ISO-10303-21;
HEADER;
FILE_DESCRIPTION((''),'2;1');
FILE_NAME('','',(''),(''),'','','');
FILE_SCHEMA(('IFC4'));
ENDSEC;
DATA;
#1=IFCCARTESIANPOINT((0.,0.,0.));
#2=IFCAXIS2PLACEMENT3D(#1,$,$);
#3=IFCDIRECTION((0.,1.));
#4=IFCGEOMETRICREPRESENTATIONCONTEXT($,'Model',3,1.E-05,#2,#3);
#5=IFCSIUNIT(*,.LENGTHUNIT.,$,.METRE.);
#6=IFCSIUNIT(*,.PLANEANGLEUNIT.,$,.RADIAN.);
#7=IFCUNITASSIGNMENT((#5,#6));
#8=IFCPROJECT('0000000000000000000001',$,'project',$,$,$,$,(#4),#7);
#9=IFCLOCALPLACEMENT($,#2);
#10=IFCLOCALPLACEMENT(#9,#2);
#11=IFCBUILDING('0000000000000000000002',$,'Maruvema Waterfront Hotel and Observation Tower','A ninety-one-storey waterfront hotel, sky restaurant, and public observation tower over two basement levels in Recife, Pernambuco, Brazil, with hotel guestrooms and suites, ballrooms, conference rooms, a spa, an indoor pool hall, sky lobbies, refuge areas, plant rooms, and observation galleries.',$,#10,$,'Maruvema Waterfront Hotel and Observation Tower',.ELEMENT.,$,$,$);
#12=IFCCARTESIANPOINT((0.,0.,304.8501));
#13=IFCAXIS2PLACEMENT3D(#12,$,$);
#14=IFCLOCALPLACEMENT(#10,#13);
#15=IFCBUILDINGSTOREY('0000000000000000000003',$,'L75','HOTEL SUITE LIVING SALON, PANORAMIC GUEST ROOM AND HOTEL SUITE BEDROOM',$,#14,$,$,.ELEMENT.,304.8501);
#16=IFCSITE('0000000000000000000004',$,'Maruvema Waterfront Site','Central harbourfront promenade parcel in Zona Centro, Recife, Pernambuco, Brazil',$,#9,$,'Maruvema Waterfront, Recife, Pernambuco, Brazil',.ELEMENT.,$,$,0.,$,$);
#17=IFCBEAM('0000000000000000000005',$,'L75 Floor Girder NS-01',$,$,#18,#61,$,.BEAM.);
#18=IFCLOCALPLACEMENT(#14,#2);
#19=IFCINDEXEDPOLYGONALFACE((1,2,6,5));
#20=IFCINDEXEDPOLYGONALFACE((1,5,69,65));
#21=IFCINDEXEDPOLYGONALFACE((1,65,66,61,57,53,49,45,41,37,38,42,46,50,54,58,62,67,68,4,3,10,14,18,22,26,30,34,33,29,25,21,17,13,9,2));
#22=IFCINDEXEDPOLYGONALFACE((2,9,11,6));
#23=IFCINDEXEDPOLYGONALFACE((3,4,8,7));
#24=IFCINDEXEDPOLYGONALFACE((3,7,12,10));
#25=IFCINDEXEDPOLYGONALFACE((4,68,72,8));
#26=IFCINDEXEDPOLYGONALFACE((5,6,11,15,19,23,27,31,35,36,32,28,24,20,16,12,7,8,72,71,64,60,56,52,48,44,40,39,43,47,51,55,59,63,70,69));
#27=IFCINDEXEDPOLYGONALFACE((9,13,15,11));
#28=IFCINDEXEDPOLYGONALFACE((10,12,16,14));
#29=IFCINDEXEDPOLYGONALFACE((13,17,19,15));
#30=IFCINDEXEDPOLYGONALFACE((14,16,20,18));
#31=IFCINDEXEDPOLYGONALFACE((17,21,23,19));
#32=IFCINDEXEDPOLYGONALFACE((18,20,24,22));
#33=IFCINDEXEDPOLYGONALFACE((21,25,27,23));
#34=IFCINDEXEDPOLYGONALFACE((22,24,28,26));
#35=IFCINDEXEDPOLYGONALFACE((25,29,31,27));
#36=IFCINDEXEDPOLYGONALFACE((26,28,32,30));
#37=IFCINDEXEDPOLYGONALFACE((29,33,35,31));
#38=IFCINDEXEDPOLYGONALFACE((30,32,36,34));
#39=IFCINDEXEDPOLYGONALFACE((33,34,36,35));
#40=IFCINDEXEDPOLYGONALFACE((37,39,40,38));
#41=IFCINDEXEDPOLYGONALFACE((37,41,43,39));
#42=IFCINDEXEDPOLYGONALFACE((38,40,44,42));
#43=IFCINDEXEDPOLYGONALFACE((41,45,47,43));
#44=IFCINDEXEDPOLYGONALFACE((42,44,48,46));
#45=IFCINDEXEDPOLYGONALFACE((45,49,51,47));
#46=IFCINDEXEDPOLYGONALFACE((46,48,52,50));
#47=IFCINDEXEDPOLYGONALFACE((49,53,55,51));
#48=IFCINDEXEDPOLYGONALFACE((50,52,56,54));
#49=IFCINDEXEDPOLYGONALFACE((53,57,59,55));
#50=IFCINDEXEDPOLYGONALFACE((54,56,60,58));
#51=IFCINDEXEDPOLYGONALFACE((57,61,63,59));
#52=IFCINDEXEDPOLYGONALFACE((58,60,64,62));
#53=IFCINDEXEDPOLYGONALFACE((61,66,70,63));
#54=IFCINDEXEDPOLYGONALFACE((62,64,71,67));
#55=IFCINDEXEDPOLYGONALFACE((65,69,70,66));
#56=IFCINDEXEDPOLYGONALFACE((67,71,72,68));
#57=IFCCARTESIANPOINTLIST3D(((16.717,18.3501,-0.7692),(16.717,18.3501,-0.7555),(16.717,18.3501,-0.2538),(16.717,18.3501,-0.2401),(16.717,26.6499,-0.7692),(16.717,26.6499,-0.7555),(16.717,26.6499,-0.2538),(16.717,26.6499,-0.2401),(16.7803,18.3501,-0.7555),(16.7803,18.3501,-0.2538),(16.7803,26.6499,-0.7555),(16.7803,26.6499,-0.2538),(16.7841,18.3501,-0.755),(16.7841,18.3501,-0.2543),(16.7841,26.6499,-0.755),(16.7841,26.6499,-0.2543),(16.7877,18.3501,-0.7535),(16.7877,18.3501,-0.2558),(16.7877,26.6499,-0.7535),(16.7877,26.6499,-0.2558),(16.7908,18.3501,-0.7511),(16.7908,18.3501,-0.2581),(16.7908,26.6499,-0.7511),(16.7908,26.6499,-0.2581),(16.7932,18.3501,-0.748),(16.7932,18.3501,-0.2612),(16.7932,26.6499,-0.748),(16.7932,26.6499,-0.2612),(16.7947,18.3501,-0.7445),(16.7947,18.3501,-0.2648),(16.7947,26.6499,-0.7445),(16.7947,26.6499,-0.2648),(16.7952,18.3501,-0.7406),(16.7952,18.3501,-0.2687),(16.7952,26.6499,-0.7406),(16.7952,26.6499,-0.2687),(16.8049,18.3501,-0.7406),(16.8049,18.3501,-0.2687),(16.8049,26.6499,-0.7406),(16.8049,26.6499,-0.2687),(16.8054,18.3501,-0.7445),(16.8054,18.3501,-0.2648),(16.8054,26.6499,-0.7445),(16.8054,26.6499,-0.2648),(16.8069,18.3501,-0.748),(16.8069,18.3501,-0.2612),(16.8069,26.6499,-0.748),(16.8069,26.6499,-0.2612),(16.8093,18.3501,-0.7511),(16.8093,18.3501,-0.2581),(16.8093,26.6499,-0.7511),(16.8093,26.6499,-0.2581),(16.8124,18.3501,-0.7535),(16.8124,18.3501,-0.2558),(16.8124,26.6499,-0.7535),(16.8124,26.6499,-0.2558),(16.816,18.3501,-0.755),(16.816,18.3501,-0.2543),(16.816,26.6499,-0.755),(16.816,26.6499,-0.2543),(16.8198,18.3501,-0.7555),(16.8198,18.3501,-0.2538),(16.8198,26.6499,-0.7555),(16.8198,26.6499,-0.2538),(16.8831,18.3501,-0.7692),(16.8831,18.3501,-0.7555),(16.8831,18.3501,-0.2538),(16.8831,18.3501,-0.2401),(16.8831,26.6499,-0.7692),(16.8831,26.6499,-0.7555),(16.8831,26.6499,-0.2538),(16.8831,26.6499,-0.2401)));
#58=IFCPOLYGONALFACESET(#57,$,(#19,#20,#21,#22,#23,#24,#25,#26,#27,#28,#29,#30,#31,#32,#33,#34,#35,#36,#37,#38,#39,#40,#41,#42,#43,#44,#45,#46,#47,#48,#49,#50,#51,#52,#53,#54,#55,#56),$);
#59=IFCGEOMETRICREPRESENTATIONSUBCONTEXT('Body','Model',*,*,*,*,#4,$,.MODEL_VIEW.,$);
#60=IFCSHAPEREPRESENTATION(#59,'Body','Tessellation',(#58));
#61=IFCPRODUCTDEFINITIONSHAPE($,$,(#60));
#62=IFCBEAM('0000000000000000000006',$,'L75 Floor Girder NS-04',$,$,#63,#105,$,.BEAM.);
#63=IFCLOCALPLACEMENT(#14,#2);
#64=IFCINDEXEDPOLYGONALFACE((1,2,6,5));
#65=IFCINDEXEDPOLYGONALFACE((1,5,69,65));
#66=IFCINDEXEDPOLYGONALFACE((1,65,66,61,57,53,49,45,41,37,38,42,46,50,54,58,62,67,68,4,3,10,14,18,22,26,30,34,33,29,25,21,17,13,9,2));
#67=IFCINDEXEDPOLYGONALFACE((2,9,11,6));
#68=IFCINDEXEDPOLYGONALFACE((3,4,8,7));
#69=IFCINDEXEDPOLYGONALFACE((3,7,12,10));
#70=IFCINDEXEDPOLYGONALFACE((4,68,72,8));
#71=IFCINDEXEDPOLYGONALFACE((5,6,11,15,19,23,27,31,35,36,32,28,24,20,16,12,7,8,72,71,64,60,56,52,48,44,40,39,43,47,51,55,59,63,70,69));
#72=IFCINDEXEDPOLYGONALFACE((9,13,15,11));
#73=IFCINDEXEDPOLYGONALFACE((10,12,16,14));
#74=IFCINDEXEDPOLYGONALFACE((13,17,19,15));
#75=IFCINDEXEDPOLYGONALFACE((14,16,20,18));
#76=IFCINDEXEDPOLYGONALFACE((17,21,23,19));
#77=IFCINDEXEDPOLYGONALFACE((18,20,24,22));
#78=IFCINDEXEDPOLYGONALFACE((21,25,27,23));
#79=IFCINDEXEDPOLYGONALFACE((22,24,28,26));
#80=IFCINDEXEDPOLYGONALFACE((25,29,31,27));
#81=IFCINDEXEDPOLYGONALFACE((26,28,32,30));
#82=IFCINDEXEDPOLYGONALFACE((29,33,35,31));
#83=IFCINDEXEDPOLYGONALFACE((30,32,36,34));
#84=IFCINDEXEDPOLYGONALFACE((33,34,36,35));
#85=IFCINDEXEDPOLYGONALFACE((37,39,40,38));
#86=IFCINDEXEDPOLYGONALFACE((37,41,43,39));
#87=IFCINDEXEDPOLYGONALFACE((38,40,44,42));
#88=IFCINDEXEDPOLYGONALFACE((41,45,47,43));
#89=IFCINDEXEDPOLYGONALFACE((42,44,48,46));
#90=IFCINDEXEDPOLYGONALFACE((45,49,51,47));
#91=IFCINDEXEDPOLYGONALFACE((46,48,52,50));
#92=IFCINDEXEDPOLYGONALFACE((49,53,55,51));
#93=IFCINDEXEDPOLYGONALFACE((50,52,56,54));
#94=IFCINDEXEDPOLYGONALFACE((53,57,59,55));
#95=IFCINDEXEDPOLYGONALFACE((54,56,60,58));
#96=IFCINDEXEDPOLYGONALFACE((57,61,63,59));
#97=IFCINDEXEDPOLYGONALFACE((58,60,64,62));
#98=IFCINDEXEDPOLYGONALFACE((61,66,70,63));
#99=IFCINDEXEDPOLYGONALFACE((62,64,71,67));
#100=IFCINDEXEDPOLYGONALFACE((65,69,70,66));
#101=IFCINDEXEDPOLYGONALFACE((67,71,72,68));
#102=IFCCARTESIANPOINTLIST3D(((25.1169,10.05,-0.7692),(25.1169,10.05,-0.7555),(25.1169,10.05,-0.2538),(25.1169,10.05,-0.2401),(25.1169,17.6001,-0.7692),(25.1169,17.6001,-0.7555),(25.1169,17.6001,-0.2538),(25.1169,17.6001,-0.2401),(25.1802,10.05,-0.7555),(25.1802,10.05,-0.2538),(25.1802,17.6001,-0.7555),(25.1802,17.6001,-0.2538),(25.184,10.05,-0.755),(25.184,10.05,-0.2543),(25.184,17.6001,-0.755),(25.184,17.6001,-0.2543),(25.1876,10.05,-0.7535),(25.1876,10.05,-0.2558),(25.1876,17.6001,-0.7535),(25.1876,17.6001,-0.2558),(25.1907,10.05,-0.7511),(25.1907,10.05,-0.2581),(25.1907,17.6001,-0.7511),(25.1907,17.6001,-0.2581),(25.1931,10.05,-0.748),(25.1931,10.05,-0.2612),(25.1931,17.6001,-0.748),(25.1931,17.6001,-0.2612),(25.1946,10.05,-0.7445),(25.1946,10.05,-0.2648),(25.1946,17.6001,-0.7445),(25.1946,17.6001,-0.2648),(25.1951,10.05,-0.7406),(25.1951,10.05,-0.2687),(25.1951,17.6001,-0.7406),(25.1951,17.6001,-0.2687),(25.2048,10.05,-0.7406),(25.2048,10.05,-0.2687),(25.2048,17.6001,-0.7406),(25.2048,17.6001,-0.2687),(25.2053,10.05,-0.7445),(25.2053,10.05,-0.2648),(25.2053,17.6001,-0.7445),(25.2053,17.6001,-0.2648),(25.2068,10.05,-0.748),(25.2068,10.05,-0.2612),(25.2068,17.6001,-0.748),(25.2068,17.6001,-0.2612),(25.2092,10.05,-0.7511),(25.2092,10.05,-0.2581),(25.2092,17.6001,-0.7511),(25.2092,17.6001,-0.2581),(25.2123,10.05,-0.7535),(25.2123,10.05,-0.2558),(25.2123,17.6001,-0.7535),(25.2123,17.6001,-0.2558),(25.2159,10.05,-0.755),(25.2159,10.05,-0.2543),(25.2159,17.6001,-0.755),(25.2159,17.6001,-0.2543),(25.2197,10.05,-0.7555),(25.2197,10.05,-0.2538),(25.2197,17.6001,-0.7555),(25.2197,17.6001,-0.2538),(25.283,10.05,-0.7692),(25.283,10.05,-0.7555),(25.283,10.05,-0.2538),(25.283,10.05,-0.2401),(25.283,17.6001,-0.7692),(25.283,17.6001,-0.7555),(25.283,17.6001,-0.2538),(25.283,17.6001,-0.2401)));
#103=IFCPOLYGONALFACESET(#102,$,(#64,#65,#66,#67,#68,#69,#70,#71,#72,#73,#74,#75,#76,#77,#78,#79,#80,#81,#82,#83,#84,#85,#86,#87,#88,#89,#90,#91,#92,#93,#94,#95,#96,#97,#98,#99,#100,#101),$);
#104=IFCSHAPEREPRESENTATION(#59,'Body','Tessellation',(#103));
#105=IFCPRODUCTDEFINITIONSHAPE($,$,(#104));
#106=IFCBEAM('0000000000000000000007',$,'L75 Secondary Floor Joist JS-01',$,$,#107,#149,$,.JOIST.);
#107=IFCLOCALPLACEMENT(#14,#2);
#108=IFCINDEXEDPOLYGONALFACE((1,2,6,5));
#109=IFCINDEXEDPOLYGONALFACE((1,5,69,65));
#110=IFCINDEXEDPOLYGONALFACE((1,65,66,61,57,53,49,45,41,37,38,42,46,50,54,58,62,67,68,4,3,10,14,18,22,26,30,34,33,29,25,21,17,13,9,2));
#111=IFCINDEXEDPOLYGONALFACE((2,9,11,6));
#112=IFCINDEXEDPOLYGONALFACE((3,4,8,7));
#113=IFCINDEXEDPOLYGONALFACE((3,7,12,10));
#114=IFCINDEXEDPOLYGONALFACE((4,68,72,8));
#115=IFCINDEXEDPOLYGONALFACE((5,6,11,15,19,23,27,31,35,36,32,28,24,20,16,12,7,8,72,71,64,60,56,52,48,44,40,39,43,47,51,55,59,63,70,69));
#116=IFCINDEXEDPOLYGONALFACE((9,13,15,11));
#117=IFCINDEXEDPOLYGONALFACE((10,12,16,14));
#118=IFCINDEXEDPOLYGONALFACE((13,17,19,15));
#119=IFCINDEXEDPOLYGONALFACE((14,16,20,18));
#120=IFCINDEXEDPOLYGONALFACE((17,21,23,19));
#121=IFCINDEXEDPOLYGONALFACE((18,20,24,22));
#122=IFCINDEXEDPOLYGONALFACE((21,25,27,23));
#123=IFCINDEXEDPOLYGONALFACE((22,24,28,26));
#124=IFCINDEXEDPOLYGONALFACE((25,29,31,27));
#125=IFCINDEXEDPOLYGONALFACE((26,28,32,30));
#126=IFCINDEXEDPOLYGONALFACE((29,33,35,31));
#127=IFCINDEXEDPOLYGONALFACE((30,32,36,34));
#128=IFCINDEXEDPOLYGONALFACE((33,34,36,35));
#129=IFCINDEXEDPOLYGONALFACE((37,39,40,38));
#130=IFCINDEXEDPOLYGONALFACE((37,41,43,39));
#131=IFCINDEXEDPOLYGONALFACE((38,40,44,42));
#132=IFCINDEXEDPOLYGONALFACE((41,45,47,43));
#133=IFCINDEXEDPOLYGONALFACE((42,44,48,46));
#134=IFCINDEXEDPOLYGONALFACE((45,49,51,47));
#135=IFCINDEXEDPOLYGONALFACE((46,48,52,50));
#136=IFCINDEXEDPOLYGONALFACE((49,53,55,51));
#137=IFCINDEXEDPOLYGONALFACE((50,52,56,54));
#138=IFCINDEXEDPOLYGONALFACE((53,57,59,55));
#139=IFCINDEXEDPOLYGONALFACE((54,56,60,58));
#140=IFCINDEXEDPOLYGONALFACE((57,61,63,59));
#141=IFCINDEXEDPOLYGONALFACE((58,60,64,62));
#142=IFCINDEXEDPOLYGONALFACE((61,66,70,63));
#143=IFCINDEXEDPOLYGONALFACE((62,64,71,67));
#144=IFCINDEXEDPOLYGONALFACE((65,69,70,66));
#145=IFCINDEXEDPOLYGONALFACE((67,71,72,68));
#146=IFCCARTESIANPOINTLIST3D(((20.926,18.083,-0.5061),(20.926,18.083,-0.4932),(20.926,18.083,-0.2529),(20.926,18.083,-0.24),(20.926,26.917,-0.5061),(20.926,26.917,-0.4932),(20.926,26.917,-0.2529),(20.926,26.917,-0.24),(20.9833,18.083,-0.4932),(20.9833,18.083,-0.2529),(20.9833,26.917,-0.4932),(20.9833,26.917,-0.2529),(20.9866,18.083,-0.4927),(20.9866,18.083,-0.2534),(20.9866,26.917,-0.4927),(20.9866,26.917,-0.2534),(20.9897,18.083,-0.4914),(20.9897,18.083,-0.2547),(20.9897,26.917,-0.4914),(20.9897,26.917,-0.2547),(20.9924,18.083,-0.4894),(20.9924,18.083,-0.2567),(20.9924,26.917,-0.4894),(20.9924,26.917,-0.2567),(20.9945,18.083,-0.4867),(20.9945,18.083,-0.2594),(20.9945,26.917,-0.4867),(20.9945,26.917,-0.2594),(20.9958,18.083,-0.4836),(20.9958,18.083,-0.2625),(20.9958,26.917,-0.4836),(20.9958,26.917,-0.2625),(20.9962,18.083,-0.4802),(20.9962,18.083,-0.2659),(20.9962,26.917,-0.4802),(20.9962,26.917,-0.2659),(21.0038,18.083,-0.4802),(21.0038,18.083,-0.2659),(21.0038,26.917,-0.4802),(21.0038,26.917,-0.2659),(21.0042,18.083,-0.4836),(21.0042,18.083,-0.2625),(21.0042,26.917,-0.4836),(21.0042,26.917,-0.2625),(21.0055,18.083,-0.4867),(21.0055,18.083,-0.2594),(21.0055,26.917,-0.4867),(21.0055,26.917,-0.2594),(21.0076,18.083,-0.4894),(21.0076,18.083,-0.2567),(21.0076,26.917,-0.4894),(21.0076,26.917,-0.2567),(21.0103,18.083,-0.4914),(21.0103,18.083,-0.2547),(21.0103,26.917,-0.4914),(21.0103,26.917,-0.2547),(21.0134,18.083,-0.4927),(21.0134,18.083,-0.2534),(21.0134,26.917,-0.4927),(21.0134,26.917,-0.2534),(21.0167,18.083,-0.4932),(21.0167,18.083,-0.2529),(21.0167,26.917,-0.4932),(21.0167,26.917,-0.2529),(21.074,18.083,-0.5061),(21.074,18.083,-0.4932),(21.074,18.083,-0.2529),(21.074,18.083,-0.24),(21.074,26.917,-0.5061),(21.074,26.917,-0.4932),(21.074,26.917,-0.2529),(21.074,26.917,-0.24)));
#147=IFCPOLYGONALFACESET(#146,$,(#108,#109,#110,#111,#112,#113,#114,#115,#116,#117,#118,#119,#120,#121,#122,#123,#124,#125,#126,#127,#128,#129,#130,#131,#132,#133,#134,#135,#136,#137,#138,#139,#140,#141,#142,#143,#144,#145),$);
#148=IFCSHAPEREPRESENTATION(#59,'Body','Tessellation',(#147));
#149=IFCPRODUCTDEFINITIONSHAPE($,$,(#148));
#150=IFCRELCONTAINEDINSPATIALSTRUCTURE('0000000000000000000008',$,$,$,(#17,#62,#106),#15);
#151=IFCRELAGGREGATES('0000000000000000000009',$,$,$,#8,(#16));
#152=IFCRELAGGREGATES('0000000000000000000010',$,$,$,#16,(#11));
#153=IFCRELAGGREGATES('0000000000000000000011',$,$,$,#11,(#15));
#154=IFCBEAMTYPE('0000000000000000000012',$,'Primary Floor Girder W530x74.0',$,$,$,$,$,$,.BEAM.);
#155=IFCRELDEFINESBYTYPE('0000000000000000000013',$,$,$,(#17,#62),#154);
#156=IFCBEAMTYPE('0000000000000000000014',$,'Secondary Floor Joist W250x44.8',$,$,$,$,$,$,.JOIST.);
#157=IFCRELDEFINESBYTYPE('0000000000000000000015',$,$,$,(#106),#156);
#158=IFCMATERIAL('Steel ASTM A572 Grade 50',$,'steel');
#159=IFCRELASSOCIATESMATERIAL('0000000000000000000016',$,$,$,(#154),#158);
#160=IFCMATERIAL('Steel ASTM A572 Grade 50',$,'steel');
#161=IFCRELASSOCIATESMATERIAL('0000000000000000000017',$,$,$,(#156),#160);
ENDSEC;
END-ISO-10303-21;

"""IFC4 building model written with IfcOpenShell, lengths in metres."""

from ifc_helpers import new_model, si_unit, direction, frame, origin, origin_2d, place, context, subcontext, project, spatial, i_section, extrude, material, material_profile, profile_set, type_object, element, save


model = new_model("IFC4")

# Units and contexts
model_context = context("Model", 3, precision=1e-05, world=origin(), true_north=direction((0.0, 1.0)))
body_context = subcontext(model_context, "Body", "Model", "MODEL_VIEW")
ifc_project = project(units=[si_unit("LENGTHUNIT", "METRE"), si_unit("PLANEANGLEUNIT", "RADIAN")], contexts=[model_context])

# Site, building, storey
site_placement = place(None, origin())
site = spatial("IfcSite", under=ifc_project, at=site_placement, Name="Maruvema Waterfront Site", Description="Central harbourfront promenade parcel in Zona Centro, Recife, Pernambuco, Brazil", LongName="Maruvema Waterfront, Recife, Pernambuco, Brazil", CompositionType="ELEMENT", RefElevation=0.0)
building_placement = place(site_placement, origin())
building = spatial("IfcBuilding", under=site, at=building_placement, Name="Maruvema Waterfront Hotel and Observation Tower", Description="A ninety-one-storey waterfront hotel, sky restaurant, and public observation tower over two basement levels in Recife, Pernambuco, Brazil, with hotel guestrooms and suites, ballrooms, conference rooms, a spa, an indoor pool hall, sky lobbies, refuge areas, plant rooms, and observation galleries.", LongName="Maruvema Waterfront Hotel and Observation Tower", CompositionType="ELEMENT")
storey_placement = place(building_placement, frame((0.0, 0.0, 304.8501)))
storey = spatial("IfcBuildingStorey", under=building, at=storey_placement, Name="L75", Description="HOTEL SUITE LIVING SALON, PANORAMIC GUEST ROOM AND HOTEL SUITE BEDROOM", CompositionType="ELEMENT", Elevation=304.8501)

# Beams
ifc_material_1 = material(Name="Steel ASTM A572 Grade 50", Category="steel")
ifc_material_profile_1 = material_profile(ifc_material_1, i_section(OverallWidth=0.166, OverallDepth=0.5291, WebThickness=0.0098, FlangeThickness=0.0137, FilletRadius=0.0149, at=origin_2d()), Name="W530x74.0")
ifc_profile_set_1 = profile_set([ifc_material_profile_1], Name="Steel ASTM A572 Grade 50")
beam_type_1 = type_object("IfcBeamType", Name="Primary Floor Girder W530x74.0", PredefinedType="BEAM", material=ifc_profile_set_1)
beam_1_placement = place(storey_placement, frame((16.8, 18.3501, -0.5046), z_axis=(0.0, 1.0, 0.0), x_axis=(-1.0, 0.0, 0.0)))
element("IfcBeam", 1, at=beam_1_placement, inside=storey, type_object=beam_type_1, Name="L75 Floor Girder NS-01", PredefinedType="BEAM", context=body_context, shape_type="SweptSolid", body=[
    extrude(i_section(OverallWidth=0.166, OverallDepth=0.5291, WebThickness=0.0098, FlangeThickness=0.0137, FilletRadius=0.0149, at=origin_2d()), origin(), (0.0, 0.0, 1.0), 8.2998),
])
beam_2_placement = place(storey_placement, frame((25.2, 10.05, -0.5046), z_axis=(0.0, 1.0, 0.0), x_axis=(-1.0, 0.0, 0.0)))
element("IfcBeam", 2, at=beam_2_placement, inside=storey, type_object=beam_type_1, Name="L75 Floor Girder NS-04", PredefinedType="BEAM", context=body_context, shape_type="SweptSolid", body=[
    extrude(i_section(OverallWidth=0.166, OverallDepth=0.5291, WebThickness=0.0098, FlangeThickness=0.0137, FilletRadius=0.0149, at=origin_2d()), origin(), (0.0, 0.0, 1.0), 7.55),
])
ifc_material_2 = material(Name="Steel ASTM A572 Grade 50", Category="steel")
ifc_material_profile_2 = material_profile(ifc_material_2, i_section(OverallWidth=0.1479, OverallDepth=0.2661, WebThickness=0.0076, FlangeThickness=0.0129, FilletRadius=0.0129, at=origin_2d()), Name="W250x44.8")
ifc_profile_set_2 = profile_set([ifc_material_profile_2], Name="Steel ASTM A572 Grade 50")
beam_type_2 = type_object("IfcBeamType", Name="Secondary Floor Joist W250x44.8", PredefinedType="JOIST", material=ifc_profile_set_2)
beam_3_placement = place(storey_placement, frame((21.0, 18.083, -0.373), z_axis=(0.0, 1.0, 0.0), x_axis=(-1.0, 0.0, 0.0)))
element("IfcBeam", 3, at=beam_3_placement, inside=storey, type_object=beam_type_2, Name="L75 Secondary Floor Joist JS-01", PredefinedType="JOIST", context=body_context, shape_type="SweptSolid", body=[
    extrude(i_section(OverallWidth=0.1479, OverallDepth=0.2661, WebThickness=0.0076, FlangeThickness=0.0129, FilletRadius=0.0129, at=origin_2d()), origin(), (0.0, 0.0, 1.0), 8.834),
])

save(model, "model.ifc")
